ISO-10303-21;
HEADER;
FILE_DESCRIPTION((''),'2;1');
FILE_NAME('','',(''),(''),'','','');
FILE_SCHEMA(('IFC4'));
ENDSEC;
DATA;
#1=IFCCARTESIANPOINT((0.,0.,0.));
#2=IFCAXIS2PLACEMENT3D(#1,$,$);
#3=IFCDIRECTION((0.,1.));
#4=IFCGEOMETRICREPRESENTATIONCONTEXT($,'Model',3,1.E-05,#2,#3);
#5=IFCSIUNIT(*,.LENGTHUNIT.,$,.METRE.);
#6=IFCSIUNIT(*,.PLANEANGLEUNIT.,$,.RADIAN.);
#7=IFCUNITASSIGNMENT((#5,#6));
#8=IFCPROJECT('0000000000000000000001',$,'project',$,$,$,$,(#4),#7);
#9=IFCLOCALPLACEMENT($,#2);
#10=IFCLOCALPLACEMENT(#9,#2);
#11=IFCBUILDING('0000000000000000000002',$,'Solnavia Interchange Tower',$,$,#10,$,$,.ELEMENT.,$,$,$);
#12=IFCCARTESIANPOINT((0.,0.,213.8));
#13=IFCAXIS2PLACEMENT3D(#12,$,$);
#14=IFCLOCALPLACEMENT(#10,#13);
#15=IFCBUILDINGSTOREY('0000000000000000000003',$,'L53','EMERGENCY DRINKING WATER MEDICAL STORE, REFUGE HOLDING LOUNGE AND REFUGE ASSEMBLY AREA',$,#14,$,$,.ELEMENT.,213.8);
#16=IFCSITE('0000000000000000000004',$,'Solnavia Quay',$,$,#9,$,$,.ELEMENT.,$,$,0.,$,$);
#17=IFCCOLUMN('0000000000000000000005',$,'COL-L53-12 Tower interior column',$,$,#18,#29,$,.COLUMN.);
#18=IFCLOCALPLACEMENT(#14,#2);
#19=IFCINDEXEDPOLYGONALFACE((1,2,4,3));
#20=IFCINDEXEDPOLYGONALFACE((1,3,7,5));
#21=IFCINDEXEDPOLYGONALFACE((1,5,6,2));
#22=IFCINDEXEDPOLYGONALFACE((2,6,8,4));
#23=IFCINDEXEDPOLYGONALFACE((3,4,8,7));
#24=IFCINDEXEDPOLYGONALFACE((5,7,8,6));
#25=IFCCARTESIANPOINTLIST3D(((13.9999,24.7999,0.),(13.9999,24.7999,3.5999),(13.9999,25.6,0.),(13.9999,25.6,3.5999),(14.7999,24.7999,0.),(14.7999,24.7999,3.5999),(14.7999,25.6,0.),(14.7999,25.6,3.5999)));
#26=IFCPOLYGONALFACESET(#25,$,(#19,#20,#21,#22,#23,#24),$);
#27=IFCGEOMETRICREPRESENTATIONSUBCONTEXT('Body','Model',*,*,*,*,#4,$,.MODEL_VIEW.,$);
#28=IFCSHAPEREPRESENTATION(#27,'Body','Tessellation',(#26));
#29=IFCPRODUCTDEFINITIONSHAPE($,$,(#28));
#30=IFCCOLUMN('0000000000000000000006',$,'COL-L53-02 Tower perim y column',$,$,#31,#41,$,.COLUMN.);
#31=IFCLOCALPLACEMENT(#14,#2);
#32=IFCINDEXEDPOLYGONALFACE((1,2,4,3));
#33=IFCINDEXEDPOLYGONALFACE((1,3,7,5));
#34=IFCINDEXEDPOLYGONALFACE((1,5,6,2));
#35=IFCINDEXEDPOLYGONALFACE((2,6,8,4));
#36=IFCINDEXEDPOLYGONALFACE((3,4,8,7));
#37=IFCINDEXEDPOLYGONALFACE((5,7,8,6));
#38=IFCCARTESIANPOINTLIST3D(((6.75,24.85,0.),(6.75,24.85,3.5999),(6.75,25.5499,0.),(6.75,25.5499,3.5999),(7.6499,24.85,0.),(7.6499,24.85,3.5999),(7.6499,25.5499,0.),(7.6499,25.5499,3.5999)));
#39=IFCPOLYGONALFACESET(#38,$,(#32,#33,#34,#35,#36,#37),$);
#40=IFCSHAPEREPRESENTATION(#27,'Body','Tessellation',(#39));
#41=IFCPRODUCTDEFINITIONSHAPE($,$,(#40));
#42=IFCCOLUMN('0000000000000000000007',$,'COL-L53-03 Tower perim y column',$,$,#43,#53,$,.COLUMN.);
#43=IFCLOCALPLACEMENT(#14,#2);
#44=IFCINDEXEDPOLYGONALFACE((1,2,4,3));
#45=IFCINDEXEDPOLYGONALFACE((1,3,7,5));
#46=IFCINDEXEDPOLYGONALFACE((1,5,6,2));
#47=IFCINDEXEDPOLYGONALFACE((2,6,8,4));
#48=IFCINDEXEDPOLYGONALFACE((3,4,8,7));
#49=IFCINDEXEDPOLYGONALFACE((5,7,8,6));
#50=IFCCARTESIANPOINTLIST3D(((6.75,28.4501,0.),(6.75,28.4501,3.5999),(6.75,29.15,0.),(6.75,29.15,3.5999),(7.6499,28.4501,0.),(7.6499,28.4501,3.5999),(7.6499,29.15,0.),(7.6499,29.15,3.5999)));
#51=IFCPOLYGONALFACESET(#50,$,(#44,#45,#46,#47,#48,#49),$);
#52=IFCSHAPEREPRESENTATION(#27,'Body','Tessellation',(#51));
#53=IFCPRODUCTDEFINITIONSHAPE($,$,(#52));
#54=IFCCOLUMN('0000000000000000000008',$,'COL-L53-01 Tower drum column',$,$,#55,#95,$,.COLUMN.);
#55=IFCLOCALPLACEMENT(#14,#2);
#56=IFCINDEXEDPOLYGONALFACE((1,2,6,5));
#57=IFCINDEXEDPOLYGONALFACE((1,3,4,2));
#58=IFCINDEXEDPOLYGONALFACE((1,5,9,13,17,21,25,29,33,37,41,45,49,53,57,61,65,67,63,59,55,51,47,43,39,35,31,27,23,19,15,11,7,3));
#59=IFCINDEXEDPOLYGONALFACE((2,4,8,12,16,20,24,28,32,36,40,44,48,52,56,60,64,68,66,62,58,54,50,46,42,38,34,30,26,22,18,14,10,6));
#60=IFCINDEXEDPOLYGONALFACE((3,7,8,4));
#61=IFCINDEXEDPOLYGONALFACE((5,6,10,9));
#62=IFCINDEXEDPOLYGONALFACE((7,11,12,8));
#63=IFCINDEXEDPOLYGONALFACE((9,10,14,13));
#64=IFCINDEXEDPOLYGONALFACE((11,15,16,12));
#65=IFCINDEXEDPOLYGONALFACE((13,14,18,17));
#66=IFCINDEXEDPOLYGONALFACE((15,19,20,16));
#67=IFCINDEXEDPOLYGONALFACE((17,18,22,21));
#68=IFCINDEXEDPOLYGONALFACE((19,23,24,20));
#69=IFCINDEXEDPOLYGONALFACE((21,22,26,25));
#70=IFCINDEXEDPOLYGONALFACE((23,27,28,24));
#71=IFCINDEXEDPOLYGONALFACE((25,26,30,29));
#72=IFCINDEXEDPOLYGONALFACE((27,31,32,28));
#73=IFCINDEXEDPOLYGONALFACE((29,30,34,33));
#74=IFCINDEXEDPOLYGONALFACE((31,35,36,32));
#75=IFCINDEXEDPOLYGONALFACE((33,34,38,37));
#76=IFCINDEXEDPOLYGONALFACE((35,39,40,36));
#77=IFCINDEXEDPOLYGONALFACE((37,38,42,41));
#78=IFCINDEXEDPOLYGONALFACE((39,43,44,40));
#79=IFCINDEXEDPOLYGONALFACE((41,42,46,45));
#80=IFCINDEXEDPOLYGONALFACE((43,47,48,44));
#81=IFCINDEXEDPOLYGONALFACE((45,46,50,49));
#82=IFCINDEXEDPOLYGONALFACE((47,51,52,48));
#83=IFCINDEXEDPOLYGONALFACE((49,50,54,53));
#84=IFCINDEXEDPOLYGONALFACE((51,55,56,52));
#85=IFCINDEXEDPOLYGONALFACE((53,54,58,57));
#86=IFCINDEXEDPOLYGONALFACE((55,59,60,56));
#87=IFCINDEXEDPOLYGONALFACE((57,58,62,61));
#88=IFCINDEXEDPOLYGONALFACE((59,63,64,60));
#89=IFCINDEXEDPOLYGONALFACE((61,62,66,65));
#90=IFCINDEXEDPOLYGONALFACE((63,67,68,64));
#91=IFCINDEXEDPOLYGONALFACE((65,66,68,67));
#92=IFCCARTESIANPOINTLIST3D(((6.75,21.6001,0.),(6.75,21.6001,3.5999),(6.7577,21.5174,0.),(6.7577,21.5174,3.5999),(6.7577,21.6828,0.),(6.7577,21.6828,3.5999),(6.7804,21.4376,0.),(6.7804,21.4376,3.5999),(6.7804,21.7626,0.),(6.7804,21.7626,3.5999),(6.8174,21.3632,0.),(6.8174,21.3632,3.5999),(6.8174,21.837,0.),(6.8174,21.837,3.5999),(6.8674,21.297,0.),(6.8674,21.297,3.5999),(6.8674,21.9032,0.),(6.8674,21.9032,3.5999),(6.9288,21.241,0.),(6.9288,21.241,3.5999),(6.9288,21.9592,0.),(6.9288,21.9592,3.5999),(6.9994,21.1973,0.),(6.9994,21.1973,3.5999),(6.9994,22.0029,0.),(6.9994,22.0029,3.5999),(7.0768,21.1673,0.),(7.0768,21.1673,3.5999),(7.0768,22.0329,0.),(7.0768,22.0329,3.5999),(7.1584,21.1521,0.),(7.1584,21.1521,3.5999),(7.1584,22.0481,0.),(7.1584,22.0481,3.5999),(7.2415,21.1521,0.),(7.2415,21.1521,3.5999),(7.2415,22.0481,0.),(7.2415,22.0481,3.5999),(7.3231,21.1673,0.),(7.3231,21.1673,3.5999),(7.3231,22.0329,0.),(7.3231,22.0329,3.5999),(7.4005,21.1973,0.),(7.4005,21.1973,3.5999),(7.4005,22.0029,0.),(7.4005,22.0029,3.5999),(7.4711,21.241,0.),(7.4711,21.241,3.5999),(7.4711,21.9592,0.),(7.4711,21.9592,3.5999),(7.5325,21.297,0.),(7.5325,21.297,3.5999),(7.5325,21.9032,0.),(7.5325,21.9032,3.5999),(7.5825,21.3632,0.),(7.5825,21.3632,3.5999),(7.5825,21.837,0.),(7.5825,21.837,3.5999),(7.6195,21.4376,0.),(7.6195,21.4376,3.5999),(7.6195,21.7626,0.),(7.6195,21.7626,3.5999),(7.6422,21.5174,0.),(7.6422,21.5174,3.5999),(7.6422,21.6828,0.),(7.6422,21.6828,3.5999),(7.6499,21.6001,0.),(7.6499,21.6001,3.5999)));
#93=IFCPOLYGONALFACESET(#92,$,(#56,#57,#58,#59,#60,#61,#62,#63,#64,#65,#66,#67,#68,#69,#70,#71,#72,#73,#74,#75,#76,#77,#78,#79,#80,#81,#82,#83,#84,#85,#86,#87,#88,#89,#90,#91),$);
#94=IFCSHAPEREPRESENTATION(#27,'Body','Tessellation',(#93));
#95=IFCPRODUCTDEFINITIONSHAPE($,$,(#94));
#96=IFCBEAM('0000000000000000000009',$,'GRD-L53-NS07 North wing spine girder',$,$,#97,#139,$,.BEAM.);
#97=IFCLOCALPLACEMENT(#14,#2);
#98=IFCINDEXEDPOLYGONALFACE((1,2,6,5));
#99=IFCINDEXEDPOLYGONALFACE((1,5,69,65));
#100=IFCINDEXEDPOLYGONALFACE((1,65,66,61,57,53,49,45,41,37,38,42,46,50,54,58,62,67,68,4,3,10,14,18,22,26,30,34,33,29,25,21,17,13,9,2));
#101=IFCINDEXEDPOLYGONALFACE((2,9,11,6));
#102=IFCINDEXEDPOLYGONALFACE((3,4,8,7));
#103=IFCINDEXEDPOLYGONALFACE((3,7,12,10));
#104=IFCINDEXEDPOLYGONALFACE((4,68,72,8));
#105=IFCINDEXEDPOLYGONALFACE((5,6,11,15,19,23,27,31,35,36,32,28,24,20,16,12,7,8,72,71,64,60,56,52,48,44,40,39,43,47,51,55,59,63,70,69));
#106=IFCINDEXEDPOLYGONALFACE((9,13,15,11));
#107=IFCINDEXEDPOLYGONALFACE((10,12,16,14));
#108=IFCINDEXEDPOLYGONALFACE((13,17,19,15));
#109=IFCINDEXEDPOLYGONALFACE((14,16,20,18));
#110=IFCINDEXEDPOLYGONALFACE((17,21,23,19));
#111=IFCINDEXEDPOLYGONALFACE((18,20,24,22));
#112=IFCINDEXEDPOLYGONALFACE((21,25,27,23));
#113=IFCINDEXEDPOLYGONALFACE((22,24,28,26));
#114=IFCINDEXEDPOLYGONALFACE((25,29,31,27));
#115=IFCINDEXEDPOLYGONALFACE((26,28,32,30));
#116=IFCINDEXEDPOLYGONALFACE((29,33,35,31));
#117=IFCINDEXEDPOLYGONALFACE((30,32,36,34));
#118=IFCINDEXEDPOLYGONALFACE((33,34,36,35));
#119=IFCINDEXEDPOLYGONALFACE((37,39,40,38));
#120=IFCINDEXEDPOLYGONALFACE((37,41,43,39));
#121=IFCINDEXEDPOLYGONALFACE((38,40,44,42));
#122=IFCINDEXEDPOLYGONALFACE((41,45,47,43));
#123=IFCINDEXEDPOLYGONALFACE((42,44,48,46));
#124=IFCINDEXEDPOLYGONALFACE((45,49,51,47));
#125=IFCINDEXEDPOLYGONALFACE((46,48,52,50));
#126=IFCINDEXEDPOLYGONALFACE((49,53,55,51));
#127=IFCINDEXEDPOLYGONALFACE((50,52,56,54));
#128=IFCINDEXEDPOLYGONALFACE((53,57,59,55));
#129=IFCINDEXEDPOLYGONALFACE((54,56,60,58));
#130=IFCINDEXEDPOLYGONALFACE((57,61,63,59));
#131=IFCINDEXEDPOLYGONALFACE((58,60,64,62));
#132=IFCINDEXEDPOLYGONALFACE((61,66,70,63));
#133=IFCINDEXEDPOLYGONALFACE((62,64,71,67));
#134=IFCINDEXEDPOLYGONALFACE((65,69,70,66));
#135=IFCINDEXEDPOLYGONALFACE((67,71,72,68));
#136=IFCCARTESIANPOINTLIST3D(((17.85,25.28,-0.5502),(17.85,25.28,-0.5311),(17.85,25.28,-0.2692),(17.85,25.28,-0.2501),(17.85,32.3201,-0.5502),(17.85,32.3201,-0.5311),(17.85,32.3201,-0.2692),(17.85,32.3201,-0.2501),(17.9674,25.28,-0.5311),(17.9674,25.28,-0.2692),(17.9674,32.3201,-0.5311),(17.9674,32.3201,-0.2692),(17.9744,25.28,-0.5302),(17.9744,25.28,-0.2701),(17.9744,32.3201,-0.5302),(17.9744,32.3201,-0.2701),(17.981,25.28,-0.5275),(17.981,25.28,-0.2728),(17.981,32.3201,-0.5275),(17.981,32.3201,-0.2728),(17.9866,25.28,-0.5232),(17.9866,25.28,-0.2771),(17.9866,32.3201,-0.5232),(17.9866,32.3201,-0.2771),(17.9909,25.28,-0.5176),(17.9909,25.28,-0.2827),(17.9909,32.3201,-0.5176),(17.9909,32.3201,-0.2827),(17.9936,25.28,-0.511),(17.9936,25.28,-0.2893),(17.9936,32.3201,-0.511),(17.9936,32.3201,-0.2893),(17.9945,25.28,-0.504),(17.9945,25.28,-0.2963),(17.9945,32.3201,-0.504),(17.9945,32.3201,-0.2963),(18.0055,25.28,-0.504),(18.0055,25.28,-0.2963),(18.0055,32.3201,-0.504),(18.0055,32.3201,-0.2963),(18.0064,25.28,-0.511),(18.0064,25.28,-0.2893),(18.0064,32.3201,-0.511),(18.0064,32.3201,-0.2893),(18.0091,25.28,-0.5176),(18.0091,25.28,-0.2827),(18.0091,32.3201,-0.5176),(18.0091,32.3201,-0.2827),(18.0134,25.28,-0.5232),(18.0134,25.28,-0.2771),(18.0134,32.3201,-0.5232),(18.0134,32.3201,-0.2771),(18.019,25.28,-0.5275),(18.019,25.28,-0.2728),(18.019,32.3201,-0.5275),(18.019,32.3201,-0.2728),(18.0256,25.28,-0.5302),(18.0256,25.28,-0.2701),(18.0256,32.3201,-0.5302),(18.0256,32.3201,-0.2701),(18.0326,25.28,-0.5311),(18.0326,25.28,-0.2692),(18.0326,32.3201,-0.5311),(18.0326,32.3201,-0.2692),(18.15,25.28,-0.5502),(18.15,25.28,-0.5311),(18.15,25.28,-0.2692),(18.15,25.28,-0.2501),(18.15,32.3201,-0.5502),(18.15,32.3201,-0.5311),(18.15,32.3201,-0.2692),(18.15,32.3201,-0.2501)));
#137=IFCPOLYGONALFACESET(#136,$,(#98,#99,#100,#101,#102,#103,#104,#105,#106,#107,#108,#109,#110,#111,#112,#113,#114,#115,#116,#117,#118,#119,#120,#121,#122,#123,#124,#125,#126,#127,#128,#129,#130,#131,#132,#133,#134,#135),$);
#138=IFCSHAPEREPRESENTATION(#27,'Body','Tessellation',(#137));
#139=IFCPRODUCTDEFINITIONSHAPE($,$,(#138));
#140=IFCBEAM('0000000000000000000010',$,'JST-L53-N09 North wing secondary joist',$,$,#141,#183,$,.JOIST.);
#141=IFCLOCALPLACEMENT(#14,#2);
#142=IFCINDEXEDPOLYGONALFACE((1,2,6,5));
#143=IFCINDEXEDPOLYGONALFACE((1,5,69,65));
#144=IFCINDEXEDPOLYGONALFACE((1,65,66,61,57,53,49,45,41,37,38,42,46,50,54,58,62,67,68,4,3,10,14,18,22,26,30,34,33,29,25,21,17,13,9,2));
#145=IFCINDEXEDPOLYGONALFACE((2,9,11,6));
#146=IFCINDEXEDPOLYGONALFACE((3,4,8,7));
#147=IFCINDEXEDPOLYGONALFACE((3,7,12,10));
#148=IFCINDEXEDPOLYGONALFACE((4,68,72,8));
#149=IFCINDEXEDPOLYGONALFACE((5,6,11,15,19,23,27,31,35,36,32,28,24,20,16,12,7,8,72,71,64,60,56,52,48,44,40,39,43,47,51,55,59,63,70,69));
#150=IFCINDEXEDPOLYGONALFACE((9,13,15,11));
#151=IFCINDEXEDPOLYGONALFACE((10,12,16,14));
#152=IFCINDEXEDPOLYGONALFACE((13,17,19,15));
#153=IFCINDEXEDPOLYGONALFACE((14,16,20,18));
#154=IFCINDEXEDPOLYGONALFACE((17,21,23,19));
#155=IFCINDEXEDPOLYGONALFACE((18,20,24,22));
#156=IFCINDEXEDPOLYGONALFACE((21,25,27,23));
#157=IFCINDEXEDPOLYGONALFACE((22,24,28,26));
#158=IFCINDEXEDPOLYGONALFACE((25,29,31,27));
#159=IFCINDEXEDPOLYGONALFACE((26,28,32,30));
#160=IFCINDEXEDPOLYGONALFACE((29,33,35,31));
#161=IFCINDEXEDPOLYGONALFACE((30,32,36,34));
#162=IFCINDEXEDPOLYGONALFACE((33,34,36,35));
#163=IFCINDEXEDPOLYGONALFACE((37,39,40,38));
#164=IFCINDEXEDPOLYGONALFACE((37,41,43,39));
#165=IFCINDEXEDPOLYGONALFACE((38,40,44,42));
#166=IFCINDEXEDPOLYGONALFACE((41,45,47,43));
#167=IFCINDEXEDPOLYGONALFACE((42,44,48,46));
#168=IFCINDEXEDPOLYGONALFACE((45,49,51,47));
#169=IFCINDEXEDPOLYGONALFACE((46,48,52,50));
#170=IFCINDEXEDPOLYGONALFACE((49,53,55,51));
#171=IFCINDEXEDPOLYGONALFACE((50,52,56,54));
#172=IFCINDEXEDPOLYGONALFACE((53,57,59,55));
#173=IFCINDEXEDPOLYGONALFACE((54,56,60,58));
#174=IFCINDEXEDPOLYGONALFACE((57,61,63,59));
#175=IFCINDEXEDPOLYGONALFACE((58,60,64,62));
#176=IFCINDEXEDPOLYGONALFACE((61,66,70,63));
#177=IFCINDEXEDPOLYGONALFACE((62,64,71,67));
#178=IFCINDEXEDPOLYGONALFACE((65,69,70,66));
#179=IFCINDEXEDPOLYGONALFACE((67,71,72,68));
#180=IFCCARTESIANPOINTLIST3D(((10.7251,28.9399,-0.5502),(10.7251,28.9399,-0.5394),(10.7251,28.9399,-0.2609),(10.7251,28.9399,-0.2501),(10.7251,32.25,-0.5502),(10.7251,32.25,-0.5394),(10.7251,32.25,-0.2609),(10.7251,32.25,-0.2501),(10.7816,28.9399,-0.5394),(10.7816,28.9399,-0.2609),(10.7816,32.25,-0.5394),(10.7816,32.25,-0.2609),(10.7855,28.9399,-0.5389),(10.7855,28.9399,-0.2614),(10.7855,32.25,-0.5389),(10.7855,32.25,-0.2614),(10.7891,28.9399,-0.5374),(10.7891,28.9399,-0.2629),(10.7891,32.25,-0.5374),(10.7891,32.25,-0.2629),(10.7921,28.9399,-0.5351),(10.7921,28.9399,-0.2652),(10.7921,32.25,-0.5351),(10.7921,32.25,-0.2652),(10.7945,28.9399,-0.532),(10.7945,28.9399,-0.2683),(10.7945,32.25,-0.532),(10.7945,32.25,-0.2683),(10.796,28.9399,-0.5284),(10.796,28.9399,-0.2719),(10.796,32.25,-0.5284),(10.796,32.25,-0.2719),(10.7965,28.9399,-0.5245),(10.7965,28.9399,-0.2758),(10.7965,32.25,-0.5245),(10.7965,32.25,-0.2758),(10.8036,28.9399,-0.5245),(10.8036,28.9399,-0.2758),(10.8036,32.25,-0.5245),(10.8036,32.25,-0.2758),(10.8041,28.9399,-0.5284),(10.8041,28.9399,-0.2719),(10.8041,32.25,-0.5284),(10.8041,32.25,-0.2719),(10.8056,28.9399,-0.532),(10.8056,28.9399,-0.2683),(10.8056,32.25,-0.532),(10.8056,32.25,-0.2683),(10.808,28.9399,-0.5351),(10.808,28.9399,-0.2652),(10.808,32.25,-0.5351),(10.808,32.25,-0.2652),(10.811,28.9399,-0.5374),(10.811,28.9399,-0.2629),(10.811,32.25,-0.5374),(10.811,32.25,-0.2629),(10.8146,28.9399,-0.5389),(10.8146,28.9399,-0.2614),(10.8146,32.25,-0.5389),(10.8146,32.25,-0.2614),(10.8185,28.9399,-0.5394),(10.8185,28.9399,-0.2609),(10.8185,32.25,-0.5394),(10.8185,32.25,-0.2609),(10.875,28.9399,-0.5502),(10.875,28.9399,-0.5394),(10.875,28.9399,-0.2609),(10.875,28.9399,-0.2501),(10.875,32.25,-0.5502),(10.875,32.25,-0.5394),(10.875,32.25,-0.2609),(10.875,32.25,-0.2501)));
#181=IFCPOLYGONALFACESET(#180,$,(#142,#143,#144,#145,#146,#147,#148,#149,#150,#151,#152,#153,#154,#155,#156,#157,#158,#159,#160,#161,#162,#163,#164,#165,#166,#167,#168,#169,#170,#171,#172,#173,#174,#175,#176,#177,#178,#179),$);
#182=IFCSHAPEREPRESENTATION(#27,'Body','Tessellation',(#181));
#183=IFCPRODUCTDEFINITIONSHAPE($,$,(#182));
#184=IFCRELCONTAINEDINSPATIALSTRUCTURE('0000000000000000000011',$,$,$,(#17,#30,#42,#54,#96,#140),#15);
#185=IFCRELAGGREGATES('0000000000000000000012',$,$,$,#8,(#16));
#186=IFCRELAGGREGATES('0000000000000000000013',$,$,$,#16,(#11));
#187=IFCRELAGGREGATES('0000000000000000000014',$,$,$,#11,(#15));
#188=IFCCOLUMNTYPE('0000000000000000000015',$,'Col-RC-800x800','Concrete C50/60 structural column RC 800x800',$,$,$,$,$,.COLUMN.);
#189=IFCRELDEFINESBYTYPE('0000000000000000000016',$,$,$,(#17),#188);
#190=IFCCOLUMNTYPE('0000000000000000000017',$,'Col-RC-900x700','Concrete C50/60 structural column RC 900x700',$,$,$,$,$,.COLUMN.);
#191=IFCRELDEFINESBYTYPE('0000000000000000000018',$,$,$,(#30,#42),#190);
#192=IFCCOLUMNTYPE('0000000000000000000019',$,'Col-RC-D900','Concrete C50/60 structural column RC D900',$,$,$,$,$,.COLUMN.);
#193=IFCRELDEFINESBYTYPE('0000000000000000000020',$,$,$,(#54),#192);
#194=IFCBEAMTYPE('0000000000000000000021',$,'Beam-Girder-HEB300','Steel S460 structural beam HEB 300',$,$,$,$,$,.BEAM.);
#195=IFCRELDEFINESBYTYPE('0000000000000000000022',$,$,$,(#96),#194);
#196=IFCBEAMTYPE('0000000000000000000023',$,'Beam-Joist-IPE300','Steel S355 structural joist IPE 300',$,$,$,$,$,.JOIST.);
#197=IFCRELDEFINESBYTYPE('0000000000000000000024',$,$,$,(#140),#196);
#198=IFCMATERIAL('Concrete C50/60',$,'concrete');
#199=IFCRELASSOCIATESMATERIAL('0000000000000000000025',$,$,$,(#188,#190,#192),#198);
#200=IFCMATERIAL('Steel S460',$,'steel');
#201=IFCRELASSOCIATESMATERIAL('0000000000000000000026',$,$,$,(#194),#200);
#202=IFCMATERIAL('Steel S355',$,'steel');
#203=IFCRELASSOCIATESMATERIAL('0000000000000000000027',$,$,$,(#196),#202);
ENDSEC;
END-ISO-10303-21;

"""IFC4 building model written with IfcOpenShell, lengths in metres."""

from ifc_helpers import new_model, si_unit, direction, frame, origin, origin_2d, place, context, subcontext, project, spatial, rectangle, circle, i_section, extrude, material, material_profile, profile_set, type_object, element, save


model = new_model("IFC4")

# Units and contexts
model_context = context("Model", 3, precision=1e-05, world=origin(), true_north=direction((0.0, 1.0)))
body_context = subcontext(model_context, "Body", "Model", "MODEL_VIEW")
ifc_project = project(units=[si_unit("LENGTHUNIT", "METRE"), si_unit("PLANEANGLEUNIT", "RADIAN")], contexts=[model_context])

# Site, building, storey
site_placement = place(None, origin())
site = spatial("IfcSite", under=ifc_project, at=site_placement, Name="Solnavia Quay", CompositionType="ELEMENT", RefElevation=0.0)
building_placement = place(site_placement, origin())
building = spatial("IfcBuilding", under=site, at=building_placement, Name="Solnavia Interchange Tower", CompositionType="ELEMENT")
storey_placement = place(building_placement, frame((0.0, 0.0, 213.8)))
storey = spatial("IfcBuildingStorey", under=building, at=storey_placement, Name="L53", Description="EMERGENCY DRINKING WATER MEDICAL STORE, REFUGE HOLDING LOUNGE AND REFUGE ASSEMBLY AREA", CompositionType="ELEMENT", Elevation=213.8)

# Columns
ifc_material_1 = material(Name="Concrete C50/60", Category="concrete")
ifc_material_profile_1 = material_profile(ifc_material_1, rectangle(XDim=0.8, YDim=0.8, at=origin_2d()), Name="RC 800x800")
ifc_profile_set_1 = profile_set([ifc_material_profile_1], Name="Concrete C50/60")
column_type_1 = type_object("IfcColumnType", Name="Col-RC-800x800", Description="Concrete C50/60 structural column RC 800x800", PredefinedType="COLUMN", material=ifc_profile_set_1)
column_1_placement = place(storey_placement, frame((14.3999, 25.2, 0.0), z_axis=(0.0, 0.0, 1.0), x_axis=(1.0, 0.0, 0.0)))
element("IfcColumn", 1, at=column_1_placement, inside=storey, type_object=column_type_1, Name="COL-L53-12 Tower interior column", PredefinedType="COLUMN", context=body_context, shape_type="SweptSolid", body=[
    extrude(rectangle(XDim=0.8, YDim=0.8, at=origin_2d()), origin(), (0.0, 0.0, 1.0), 3.5999),
])
ifc_material_profile_2 = material_profile(ifc_material_1, rectangle(XDim=0.7, YDim=0.8999, at=origin_2d()), Name="RC 900x700")
ifc_profile_set_2 = profile_set([ifc_material_profile_2], Name="Concrete C50/60")
column_type_2 = type_object("IfcColumnType", Name="Col-RC-900x700", Description="Concrete C50/60 structural column RC 900x700", PredefinedType="COLUMN", material=ifc_profile_set_2)
for number, where, z_axis, x_axis, name in (
    (2, (7.2, 25.2, 0.0), (0.0, 0.0, 1.0), (0.0, 1.0, 0.0), "COL-L53-02 Tower perim y column"),
    (3, (7.2, 28.8, 0.0), (0.0, 0.0, 1.0), (0.0, 1.0, 0.0), "COL-L53-03 Tower perim y column"),
):
    element("IfcColumn", number, at=place(storey_placement, frame(where, z_axis=z_axis, x_axis=x_axis)), inside=storey, type_object=column_type_2, Name=name, PredefinedType="COLUMN", context=body_context, shape_type="SweptSolid", body=[
        extrude(rectangle(XDim=0.7, YDim=0.8999, at=origin_2d()), origin(), (0.0, 0.0, 1.0), 3.5999),
    ])
ifc_material_profile_3 = material_profile(ifc_material_1, circle(Radius=0.45, at=origin_2d()), Name="RC D900")
ifc_profile_set_3 = profile_set([ifc_material_profile_3], Name="Concrete C50/60")
column_type_3 = type_object("IfcColumnType", Name="Col-RC-D900", Description="Concrete C50/60 structural column RC D900", PredefinedType="COLUMN", material=ifc_profile_set_3)
column_2_placement = place(storey_placement, frame((7.2, 21.6001, 0.0), z_axis=(0.0, 0.0, 1.0), x_axis=(1.0, 0.0, 0.0)))
element("IfcColumn", 4, at=column_2_placement, inside=storey, type_object=column_type_3, Name="COL-L53-01 Tower drum column", PredefinedType="COLUMN", context=body_context, shape_type="SweptSolid", body=[
    extrude(circle(Radius=0.45, at=origin_2d()), origin(), (0.0, 0.0, 1.0), 3.5999),
])

# Beams
ifc_material_2 = material(Name="Steel S460", Category="steel")
ifc_material_profile_4 = material_profile(ifc_material_2, i_section(OverallWidth=0.3, OverallDepth=0.3, WebThickness=0.011, FlangeThickness=0.019, FilletRadius=0.0271, at=origin_2d()), Name="HEB 300")
ifc_profile_set_4 = profile_set([ifc_material_profile_4], Name="Steel S460")
beam_type_1 = type_object("IfcBeamType", Name="Beam-Girder-HEB300", Description="Steel S460 structural beam HEB 300", PredefinedType="BEAM", material=ifc_profile_set_4)
beam_1_placement = place(storey_placement, frame((18.0, 25.28, -0.4001), z_axis=(0.0, 1.0, 0.0), x_axis=(-1.0, 0.0, 0.0)))
element("IfcBeam", 5, at=beam_1_placement, inside=storey, type_object=beam_type_1, Name="GRD-L53-NS07 North wing spine girder", PredefinedType="BEAM", context=body_context, shape_type="SweptSolid", body=[
    extrude(i_section(OverallWidth=0.3, OverallDepth=0.3, WebThickness=0.011, FlangeThickness=0.019, FilletRadius=0.0271, at=origin_2d()), origin(), (0.0, 0.0, 1.0), 7.04),
])
ifc_material_3 = material(Name="Steel S355", Category="steel")
ifc_material_profile_5 = material_profile(ifc_material_3, i_section(OverallWidth=0.1499, OverallDepth=0.3, WebThickness=0.0071, FlangeThickness=0.0107, FilletRadius=0.0149, at=origin_2d()), Name="IPE 300")
ifc_profile_set_5 = profile_set([ifc_material_profile_5], Name="Steel S355")
beam_type_2 = type_object("IfcBeamType", Name="Beam-Joist-IPE300", Description="Steel S355 structural joist IPE 300", PredefinedType="JOIST", material=ifc_profile_set_5)
beam_2_placement = place(storey_placement, frame((10.8, 28.9399, -0.4001), z_axis=(0.0, 1.0, 0.0), x_axis=(-1.0, 0.0, 0.0)))
element("IfcBeam", 6, at=beam_2_placement, inside=storey, type_object=beam_type_2, Name="JST-L53-N09 North wing secondary joist", PredefinedType="JOIST", context=body_context, shape_type="SweptSolid", body=[
    extrude(i_section(OverallWidth=0.1499, OverallDepth=0.3, WebThickness=0.0071, FlangeThickness=0.0107, FilletRadius=0.0149, at=origin_2d()), origin(), (0.0, 0.0, 1.0), 3.3101),
])

save(model, "model.ifc")
